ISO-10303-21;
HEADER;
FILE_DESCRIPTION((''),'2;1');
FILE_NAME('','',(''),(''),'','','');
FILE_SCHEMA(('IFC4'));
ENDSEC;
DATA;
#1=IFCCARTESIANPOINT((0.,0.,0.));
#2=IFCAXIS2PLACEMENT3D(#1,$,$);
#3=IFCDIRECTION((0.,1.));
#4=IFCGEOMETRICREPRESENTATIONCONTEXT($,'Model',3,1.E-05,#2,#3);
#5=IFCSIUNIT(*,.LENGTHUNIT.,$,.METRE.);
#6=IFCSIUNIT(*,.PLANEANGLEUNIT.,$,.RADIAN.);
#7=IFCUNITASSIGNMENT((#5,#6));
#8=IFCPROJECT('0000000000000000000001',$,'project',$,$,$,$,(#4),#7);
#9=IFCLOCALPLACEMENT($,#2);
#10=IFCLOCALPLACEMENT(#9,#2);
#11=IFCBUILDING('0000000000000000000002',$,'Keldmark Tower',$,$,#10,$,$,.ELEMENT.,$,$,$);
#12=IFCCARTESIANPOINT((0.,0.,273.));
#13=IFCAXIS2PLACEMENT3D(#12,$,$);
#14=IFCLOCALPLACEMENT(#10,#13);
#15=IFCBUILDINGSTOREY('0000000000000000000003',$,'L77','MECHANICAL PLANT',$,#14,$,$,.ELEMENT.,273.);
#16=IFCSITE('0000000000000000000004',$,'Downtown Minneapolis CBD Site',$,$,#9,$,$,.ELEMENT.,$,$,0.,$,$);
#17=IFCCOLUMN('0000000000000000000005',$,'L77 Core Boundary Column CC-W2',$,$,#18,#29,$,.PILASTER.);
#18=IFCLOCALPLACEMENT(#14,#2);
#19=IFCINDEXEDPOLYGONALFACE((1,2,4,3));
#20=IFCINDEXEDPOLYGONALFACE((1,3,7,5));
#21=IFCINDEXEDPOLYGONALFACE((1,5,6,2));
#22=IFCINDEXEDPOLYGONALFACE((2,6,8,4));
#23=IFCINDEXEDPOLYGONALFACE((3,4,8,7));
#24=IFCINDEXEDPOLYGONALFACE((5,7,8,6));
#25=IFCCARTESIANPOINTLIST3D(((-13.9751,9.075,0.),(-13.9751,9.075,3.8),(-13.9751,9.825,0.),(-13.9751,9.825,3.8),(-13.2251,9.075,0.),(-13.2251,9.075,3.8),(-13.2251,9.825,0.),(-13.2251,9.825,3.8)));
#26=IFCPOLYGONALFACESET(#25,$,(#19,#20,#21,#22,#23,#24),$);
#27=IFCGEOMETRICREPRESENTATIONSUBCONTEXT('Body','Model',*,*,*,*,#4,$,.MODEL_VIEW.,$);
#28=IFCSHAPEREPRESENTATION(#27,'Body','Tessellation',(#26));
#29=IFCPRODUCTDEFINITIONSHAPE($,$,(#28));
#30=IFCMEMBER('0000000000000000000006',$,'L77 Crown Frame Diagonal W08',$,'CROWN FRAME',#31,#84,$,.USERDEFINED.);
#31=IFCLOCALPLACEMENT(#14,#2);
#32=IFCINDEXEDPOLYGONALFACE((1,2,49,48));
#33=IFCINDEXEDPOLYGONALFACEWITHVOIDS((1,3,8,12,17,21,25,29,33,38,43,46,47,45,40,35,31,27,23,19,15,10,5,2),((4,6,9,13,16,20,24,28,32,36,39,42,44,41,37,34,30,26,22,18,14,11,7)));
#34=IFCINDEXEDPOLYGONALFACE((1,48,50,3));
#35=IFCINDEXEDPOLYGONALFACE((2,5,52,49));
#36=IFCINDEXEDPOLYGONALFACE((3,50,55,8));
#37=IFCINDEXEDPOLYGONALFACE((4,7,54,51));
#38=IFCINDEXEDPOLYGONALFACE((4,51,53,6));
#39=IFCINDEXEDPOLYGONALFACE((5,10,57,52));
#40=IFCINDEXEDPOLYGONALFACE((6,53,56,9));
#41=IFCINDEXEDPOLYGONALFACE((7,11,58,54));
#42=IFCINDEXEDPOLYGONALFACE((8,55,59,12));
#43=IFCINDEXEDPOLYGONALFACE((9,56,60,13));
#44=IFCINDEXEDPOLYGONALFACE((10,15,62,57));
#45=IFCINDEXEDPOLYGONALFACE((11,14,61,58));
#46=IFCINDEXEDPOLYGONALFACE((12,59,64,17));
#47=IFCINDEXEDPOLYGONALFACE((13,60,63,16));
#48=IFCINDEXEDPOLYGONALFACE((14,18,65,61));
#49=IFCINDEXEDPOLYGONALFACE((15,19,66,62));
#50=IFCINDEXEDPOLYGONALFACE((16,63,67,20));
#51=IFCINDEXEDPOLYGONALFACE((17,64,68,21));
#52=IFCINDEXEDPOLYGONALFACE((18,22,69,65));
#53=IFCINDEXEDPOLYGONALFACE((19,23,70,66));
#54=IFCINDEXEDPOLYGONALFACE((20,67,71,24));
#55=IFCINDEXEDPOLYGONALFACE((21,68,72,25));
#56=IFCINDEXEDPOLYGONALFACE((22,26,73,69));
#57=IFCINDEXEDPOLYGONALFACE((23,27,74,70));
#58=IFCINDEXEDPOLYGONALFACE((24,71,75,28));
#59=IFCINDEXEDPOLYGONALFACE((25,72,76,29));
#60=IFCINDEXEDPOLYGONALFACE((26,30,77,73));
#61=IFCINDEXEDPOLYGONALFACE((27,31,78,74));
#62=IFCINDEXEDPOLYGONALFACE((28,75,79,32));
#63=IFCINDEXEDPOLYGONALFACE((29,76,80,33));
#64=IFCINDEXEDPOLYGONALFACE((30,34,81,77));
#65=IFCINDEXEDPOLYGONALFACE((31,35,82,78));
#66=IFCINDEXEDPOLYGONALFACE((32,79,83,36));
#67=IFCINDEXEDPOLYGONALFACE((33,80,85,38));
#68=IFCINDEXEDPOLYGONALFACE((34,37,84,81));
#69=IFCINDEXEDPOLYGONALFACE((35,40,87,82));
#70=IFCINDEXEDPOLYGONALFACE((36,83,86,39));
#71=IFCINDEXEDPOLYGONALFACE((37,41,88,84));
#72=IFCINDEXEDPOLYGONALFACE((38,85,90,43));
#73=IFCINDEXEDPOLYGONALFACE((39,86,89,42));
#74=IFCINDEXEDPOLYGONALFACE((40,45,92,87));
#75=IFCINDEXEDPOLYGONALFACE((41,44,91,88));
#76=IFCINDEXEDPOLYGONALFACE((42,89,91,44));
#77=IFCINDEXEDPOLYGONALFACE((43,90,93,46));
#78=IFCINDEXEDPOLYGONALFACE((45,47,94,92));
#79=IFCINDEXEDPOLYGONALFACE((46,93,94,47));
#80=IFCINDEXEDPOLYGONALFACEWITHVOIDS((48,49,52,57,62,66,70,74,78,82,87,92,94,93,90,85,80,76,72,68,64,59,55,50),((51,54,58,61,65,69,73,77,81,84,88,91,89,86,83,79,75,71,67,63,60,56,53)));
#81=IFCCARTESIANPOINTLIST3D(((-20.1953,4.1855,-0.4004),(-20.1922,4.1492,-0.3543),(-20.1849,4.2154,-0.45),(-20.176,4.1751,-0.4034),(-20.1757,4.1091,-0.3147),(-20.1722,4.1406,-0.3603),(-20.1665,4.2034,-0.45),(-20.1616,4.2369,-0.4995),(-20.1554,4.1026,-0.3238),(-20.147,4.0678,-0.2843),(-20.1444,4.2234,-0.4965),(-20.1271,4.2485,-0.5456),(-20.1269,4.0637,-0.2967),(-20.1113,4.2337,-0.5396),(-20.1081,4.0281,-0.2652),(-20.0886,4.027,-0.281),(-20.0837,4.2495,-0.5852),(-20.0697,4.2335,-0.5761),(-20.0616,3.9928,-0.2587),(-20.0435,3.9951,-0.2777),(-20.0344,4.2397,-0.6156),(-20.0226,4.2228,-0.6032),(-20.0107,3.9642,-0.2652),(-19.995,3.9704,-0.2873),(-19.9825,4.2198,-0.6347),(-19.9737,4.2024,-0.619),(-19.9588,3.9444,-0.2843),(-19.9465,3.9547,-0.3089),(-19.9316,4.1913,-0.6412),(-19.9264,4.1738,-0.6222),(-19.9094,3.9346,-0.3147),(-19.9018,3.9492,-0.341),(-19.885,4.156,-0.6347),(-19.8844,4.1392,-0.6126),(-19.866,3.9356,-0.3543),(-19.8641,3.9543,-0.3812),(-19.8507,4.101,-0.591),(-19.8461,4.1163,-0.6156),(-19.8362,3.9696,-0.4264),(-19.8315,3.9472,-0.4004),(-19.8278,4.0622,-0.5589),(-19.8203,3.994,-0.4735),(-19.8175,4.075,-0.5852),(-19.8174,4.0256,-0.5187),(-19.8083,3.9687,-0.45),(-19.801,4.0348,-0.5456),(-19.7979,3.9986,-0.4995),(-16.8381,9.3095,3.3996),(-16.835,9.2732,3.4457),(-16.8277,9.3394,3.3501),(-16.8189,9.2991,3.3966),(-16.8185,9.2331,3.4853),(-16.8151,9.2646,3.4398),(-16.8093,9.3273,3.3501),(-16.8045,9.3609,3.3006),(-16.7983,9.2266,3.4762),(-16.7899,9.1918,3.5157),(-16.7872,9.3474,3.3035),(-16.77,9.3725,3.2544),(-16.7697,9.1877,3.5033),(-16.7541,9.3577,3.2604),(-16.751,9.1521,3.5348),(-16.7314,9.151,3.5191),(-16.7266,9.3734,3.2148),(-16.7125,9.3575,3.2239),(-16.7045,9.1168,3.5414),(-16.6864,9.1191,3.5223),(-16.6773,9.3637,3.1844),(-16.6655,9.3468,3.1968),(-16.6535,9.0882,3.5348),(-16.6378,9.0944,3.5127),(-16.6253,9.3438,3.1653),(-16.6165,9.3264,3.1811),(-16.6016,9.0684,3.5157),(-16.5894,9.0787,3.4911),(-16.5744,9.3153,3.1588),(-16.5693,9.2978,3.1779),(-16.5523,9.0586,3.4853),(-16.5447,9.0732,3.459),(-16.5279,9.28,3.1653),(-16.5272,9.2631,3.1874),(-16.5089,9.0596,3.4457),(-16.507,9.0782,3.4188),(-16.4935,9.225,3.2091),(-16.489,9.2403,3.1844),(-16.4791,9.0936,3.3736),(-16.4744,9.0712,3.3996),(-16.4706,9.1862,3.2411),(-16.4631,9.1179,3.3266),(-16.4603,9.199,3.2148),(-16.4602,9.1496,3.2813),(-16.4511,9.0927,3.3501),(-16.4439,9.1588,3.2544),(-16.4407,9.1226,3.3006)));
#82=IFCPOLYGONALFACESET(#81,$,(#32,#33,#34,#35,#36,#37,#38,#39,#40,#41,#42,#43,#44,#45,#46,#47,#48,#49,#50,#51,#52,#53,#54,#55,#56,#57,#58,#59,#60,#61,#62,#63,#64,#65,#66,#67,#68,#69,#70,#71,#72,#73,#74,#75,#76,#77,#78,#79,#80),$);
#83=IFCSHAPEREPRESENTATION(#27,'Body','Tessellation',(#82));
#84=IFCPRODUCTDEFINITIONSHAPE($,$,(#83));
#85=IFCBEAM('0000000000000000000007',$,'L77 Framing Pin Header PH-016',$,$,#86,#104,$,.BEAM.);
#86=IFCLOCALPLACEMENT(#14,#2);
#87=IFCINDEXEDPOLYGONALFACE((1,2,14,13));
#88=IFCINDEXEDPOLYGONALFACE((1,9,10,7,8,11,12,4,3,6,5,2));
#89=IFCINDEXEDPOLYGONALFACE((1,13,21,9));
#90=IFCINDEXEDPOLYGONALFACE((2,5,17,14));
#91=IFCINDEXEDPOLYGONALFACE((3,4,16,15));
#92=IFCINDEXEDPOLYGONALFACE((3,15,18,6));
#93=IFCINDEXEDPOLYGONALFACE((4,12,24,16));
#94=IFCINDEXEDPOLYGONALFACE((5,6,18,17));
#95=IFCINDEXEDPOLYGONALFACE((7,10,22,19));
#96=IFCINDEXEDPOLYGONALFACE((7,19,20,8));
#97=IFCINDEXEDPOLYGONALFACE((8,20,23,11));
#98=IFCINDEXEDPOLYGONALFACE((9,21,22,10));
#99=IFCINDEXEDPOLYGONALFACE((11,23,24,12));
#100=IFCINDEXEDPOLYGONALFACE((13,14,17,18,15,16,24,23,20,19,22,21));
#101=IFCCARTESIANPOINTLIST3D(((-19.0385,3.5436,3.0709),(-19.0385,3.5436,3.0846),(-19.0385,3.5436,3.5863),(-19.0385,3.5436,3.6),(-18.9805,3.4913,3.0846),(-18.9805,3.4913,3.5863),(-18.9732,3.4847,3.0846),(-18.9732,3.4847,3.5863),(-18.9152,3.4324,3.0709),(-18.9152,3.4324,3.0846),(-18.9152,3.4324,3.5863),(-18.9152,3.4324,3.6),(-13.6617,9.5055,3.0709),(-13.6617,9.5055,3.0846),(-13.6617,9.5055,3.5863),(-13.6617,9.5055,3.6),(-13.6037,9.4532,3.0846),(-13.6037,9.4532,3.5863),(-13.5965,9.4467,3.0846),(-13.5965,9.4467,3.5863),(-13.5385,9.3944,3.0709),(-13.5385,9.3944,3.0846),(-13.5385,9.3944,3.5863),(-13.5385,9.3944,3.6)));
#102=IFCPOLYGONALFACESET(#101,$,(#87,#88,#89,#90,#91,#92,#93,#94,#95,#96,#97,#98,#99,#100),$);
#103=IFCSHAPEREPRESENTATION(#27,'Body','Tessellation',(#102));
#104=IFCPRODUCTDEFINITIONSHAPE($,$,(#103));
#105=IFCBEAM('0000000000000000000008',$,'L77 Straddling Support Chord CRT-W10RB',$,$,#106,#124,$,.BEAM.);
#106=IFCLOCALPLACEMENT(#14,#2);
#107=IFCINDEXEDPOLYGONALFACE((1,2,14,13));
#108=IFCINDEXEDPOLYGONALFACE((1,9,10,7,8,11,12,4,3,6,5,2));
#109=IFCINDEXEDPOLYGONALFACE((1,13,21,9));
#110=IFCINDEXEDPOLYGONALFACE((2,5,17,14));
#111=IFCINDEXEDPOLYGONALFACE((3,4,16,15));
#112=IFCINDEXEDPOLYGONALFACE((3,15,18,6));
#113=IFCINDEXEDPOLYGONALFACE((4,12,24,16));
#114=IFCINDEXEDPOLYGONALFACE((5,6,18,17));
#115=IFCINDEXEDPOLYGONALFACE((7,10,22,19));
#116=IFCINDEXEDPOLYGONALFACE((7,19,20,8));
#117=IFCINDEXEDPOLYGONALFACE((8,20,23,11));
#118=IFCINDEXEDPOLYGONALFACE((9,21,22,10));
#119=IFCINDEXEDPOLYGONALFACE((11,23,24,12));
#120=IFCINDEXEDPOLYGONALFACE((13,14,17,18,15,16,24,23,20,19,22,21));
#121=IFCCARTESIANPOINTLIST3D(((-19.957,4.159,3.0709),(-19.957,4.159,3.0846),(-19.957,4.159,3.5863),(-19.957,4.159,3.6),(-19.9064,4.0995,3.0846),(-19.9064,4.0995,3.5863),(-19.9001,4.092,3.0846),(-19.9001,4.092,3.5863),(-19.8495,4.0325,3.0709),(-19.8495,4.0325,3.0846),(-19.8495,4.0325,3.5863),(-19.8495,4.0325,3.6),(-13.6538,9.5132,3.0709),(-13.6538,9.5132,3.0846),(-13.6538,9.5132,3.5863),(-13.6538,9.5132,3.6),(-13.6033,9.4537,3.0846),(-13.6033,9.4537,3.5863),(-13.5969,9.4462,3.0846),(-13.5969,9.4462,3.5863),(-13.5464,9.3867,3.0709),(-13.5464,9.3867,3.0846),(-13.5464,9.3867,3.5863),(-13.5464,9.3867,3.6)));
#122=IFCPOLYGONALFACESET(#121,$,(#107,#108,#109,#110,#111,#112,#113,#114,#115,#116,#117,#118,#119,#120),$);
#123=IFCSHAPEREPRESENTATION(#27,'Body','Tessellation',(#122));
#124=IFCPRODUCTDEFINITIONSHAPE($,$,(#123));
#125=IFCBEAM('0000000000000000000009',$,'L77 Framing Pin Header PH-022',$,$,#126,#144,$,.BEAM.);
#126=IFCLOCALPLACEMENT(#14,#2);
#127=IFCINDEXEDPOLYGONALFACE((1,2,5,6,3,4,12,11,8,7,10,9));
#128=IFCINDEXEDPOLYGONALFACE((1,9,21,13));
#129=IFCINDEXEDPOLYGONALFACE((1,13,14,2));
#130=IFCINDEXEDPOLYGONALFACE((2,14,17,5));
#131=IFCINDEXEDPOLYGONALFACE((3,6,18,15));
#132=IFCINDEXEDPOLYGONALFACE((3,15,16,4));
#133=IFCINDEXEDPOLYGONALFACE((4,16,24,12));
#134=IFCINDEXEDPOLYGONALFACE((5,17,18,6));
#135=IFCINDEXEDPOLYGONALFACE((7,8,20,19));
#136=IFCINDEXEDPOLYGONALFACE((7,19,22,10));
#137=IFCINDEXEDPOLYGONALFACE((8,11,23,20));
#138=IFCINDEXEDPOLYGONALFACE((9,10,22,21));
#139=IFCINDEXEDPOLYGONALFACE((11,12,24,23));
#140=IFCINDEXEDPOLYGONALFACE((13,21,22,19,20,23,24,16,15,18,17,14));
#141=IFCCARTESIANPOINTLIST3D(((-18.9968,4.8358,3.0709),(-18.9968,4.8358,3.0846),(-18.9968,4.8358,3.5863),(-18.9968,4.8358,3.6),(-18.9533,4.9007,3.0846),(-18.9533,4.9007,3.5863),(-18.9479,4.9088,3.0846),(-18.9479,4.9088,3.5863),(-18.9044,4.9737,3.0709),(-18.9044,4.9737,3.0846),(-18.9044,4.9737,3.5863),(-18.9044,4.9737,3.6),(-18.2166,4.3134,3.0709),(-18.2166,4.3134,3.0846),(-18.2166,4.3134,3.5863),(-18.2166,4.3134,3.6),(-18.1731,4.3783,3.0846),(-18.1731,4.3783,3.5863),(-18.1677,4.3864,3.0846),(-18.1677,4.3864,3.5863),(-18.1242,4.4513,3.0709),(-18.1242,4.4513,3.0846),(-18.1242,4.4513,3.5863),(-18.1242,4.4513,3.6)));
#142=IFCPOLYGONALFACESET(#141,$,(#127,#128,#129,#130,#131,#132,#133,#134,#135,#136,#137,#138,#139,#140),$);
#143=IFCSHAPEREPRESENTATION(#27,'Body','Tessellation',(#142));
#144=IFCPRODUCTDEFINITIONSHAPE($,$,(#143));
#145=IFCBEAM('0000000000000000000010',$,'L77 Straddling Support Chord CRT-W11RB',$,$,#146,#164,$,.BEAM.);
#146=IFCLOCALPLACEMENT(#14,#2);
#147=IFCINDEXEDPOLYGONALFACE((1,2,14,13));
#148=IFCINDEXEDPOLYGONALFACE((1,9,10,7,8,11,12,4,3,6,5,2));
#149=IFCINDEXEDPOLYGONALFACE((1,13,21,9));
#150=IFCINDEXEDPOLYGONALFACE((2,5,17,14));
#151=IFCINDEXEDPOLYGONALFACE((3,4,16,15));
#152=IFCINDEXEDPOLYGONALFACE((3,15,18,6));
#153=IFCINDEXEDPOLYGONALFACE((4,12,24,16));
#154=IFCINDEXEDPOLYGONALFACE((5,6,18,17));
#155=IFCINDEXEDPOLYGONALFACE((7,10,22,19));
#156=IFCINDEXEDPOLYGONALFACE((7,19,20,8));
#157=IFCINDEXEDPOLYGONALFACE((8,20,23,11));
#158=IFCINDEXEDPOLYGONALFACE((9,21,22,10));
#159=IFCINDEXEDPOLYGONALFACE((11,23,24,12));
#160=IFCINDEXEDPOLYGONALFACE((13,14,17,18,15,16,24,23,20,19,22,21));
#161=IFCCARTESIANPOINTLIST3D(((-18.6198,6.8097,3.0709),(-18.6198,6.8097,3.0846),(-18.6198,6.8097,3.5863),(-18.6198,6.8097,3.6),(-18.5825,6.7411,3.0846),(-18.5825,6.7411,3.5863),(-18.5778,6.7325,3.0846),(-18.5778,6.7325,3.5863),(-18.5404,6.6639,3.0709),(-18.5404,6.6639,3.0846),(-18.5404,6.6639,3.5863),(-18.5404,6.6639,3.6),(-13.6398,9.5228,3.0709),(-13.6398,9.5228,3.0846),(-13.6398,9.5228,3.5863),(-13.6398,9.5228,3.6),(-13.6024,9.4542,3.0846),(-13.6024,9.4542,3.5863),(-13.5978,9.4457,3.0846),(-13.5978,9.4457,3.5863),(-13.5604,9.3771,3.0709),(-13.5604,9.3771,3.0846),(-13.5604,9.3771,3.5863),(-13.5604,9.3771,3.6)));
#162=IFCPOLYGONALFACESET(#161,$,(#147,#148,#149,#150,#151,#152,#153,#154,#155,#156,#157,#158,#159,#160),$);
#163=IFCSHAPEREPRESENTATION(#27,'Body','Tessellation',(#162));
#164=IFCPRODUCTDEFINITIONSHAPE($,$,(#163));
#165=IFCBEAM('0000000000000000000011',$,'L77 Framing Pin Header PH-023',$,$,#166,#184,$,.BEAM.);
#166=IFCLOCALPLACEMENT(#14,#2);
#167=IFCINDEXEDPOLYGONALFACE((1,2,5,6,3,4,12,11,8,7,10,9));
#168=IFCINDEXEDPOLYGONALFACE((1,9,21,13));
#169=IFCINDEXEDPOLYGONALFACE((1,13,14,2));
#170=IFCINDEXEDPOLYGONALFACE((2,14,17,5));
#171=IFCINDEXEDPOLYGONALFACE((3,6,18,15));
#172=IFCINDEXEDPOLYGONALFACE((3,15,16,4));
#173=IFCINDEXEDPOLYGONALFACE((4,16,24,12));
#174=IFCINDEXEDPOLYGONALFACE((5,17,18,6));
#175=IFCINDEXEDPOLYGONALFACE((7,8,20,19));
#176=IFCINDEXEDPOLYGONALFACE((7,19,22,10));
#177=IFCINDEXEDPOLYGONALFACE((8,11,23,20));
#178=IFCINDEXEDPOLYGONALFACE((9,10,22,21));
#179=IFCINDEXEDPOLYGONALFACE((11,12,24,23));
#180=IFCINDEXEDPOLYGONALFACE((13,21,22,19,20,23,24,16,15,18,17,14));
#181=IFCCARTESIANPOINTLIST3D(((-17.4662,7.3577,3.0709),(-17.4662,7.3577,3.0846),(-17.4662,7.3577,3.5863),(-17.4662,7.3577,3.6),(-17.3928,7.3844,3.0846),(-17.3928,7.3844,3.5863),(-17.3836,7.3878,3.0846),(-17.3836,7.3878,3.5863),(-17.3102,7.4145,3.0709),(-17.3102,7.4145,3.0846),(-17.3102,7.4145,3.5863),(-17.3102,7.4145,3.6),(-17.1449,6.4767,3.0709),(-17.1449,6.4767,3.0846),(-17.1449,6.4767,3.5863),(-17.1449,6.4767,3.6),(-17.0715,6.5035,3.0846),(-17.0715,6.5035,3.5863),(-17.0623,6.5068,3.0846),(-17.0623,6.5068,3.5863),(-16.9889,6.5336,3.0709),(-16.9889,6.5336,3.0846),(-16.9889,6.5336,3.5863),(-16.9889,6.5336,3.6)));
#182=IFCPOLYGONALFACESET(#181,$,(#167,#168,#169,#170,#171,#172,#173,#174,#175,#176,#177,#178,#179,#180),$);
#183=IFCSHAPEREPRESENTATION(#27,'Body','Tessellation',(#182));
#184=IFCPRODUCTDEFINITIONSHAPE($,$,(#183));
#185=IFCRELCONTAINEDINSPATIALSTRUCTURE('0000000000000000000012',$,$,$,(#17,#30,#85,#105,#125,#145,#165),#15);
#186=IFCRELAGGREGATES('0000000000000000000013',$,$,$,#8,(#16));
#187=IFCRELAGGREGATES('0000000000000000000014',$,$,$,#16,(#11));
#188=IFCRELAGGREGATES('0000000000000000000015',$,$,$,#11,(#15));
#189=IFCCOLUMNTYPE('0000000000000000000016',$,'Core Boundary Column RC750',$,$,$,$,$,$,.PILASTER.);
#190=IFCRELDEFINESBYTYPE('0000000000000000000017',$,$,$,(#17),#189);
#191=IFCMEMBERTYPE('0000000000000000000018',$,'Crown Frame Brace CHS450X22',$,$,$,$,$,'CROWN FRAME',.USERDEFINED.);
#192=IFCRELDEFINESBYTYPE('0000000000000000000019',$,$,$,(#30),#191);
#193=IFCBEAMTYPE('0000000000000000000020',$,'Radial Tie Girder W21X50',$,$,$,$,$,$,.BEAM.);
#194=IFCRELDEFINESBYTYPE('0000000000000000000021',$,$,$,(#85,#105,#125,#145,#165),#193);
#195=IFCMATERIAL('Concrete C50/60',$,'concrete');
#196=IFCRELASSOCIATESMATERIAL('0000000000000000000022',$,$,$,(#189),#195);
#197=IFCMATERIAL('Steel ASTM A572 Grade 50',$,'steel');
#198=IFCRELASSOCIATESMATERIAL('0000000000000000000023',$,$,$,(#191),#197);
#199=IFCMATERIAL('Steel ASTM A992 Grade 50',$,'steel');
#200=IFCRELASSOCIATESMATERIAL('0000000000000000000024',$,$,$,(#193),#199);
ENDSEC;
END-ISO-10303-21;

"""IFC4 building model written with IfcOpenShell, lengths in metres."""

from ifc_helpers import new_model, si_unit, direction, frame, origin, origin_2d, place, context, subcontext, project, spatial, rectangle, hollow_circle, i_section, extrude, material, material_profile, profile_set, type_object, element, save


model = new_model("IFC4")

# Units and contexts
model_context = context("Model", 3, precision=1e-05, world=origin(), true_north=direction((0.0, 1.0)))
body_context = subcontext(model_context, "Body", "Model", "MODEL_VIEW")
ifc_project = project(units=[si_unit("LENGTHUNIT", "METRE"), si_unit("PLANEANGLEUNIT", "RADIAN")], contexts=[model_context])

# Site, building, storey
site_placement = place(None, origin())
site = spatial("IfcSite", under=ifc_project, at=site_placement, Name="Downtown Minneapolis CBD Site", CompositionType="ELEMENT", RefElevation=0.0)
building_placement = place(site_placement, origin())
building = spatial("IfcBuilding", under=site, at=building_placement, Name="Keldmark Tower", CompositionType="ELEMENT")
storey_placement = place(building_placement, frame((0.0, 0.0, 273.0)))
storey = spatial("IfcBuildingStorey", under=building, at=storey_placement, Name="L77", Description="MECHANICAL PLANT", CompositionType="ELEMENT", Elevation=273.0)

# Column
ifc_material_1 = material(Name="Concrete C50/60", Category="concrete")
ifc_material_profile_1 = material_profile(ifc_material_1, rectangle(XDim=0.75, YDim=0.75, at=origin_2d()), Name="RC750X750")
ifc_profile_set_1 = profile_set([ifc_material_profile_1], Name="Concrete C50/60")
column_type = type_object("IfcColumnType", Name="Core Boundary Column RC750", PredefinedType="PILASTER", material=ifc_profile_set_1)
column_placement = place(storey_placement, frame((-13.6001, 9.45, 0.0), z_axis=(0.0, 0.0, 1.0), x_axis=(1.0, 0.0, 0.0)))
element("IfcColumn", 1, at=column_placement, inside=storey, type_object=column_type, Name="L77 Core Boundary Column CC-W2", PredefinedType="PILASTER", context=body_context, shape_type="SweptSolid", body=[
    extrude(rectangle(XDim=0.75, YDim=0.75, at=origin_2d()), origin(), (0.0, 0.0, 1.0), 3.8),
])

# Member
ifc_material_2 = material(Name="Steel ASTM A572 Grade 50", Category="steel")
ifc_material_profile_2 = material_profile(ifc_material_2, hollow_circle(Radius=0.2251, WallThickness=0.022, at=origin_2d()), Name="CHS450X22")
ifc_profile_set_2 = profile_set([ifc_material_profile_2], Name="Steel ASTM A572 Grade 50")
member_type = type_object("IfcMemberType", Name="Crown Frame Brace CHS450X22", ElementType="CROWN FRAME", PredefinedType="USERDEFINED", material=ifc_profile_set_2)
member_placement = place(storey_placement, frame((-19.9966, 4.092, -0.45), z_axis=(0.465706, 0.710802, 0.527141), x_axis=(-0.836457, 0.548033, 0.0)))
element("IfcMember", 2, at=member_placement, inside=storey, type_object=member_type, Name="L77 Crown Frame Diagonal W08", ObjectType="CROWN FRAME", PredefinedType="USERDEFINED", context=body_context, shape_type="SweptSolid", body=[
    extrude(hollow_circle(Radius=0.2251, WallThickness=0.022, at=origin_2d()), origin(), (0.0, 0.0, 1.0), 7.2087),
])

# Beams
ifc_material_3 = material(Name="Steel ASTM A992 Grade 50", Category="steel")
ifc_material_profile_3 = material_profile(ifc_material_3, i_section(OverallWidth=0.166, OverallDepth=0.5291, WebThickness=0.0098, FlangeThickness=0.0137, at=origin_2d()), Name="W21X50")
ifc_profile_set_3 = profile_set([ifc_material_profile_3], Name="Steel ASTM A992 Grade 50")
beam_type_1 = type_object("IfcBeamType", Name="Radial Tie Girder W21X50", PredefinedType="BEAM", material=ifc_profile_set_3)
beam_1_placement = place(storey_placement, frame((-13.6001, 9.45, 3.3354), z_axis=(-0.66972, -0.742613, 0.0), x_axis=(0.742613, -0.66972, 0.0)))
element("IfcBeam", 3, at=beam_1_placement, inside=storey, type_object=beam_type_1, Name="L77 Framing Pin Header PH-016", PredefinedType="BEAM", context=body_context, shape_type="SweptSolid", body=[
    extrude(i_section(OverallWidth=0.166, OverallDepth=0.5291, WebThickness=0.0098, FlangeThickness=0.0137, at=origin_2d()), origin(), (0.0, 0.0, 1.0), 8.0283),
])
beam_2_placement = place(storey_placement, frame((-13.6001, 9.45, 3.3354), z_axis=(-0.762148, -0.647403, 0.0), x_axis=(0.647403, -0.762148, 0.0)))
element("IfcBeam", 4, at=beam_2_placement, inside=storey, type_object=beam_type_1, Name="L77 Straddling Support Chord CRT-W10RB", PredefinedType="BEAM", context=body_context, shape_type="SweptSolid", body=[
    extrude(i_section(OverallWidth=0.166, OverallDepth=0.5291, WebThickness=0.0098, FlangeThickness=0.0137, at=origin_2d()), origin(), (0.0, 0.0, 1.0), 8.2703),
])
beam_3_placement = place(storey_placement, frame((-18.1704, 4.3823, 3.3354), z_axis=(-0.830929, 0.556379, 0.0), x_axis=(-0.556379, -0.830929, 0.0)))
element("IfcBeam", 5, at=beam_3_placement, inside=storey, type_object=beam_type_1, Name="L77 Framing Pin Header PH-022", PredefinedType="BEAM", context=body_context, shape_type="SweptSolid", body=[
    extrude(i_section(OverallWidth=0.166, OverallDepth=0.5291, WebThickness=0.0098, FlangeThickness=0.0137, at=origin_2d()), origin(), (0.0, 0.0, 1.0), 0.939),
])
beam_4_placement = place(storey_placement, frame((-13.6001, 9.45, 3.3354), z_axis=(-0.878134, -0.478415, 0.0), x_axis=(0.478415, -0.878134, 0.0)))
element("IfcBeam", 6, at=beam_4_placement, inside=storey, type_object=beam_type_1, Name="L77 Straddling Support Chord CRT-W11RB", PredefinedType="BEAM", context=body_context, shape_type="SweptSolid", body=[
    extrude(i_section(OverallWidth=0.166, OverallDepth=0.5291, WebThickness=0.0098, FlangeThickness=0.0137, at=origin_2d()), origin(), (0.0, 0.0, 1.0), 5.6711),
])
beam_5_placement = place(storey_placement, frame((-17.0669, 6.5051, 3.3354), z_axis=(-0.342663, 0.939458, 0.0), x_axis=(-0.939458, -0.342663, 0.0)))
element("IfcBeam", 7, at=beam_5_placement, inside=storey, type_object=beam_type_1, Name="L77 Framing Pin Header PH-023", PredefinedType="BEAM", context=body_context, shape_type="SweptSolid", body=[
    extrude(i_section(OverallWidth=0.166, OverallDepth=0.5291, WebThickness=0.0098, FlangeThickness=0.0137, at=origin_2d()), origin(), (0.0, 0.0, 1.0), 0.9377),
])

save(model, "model.ifc")
